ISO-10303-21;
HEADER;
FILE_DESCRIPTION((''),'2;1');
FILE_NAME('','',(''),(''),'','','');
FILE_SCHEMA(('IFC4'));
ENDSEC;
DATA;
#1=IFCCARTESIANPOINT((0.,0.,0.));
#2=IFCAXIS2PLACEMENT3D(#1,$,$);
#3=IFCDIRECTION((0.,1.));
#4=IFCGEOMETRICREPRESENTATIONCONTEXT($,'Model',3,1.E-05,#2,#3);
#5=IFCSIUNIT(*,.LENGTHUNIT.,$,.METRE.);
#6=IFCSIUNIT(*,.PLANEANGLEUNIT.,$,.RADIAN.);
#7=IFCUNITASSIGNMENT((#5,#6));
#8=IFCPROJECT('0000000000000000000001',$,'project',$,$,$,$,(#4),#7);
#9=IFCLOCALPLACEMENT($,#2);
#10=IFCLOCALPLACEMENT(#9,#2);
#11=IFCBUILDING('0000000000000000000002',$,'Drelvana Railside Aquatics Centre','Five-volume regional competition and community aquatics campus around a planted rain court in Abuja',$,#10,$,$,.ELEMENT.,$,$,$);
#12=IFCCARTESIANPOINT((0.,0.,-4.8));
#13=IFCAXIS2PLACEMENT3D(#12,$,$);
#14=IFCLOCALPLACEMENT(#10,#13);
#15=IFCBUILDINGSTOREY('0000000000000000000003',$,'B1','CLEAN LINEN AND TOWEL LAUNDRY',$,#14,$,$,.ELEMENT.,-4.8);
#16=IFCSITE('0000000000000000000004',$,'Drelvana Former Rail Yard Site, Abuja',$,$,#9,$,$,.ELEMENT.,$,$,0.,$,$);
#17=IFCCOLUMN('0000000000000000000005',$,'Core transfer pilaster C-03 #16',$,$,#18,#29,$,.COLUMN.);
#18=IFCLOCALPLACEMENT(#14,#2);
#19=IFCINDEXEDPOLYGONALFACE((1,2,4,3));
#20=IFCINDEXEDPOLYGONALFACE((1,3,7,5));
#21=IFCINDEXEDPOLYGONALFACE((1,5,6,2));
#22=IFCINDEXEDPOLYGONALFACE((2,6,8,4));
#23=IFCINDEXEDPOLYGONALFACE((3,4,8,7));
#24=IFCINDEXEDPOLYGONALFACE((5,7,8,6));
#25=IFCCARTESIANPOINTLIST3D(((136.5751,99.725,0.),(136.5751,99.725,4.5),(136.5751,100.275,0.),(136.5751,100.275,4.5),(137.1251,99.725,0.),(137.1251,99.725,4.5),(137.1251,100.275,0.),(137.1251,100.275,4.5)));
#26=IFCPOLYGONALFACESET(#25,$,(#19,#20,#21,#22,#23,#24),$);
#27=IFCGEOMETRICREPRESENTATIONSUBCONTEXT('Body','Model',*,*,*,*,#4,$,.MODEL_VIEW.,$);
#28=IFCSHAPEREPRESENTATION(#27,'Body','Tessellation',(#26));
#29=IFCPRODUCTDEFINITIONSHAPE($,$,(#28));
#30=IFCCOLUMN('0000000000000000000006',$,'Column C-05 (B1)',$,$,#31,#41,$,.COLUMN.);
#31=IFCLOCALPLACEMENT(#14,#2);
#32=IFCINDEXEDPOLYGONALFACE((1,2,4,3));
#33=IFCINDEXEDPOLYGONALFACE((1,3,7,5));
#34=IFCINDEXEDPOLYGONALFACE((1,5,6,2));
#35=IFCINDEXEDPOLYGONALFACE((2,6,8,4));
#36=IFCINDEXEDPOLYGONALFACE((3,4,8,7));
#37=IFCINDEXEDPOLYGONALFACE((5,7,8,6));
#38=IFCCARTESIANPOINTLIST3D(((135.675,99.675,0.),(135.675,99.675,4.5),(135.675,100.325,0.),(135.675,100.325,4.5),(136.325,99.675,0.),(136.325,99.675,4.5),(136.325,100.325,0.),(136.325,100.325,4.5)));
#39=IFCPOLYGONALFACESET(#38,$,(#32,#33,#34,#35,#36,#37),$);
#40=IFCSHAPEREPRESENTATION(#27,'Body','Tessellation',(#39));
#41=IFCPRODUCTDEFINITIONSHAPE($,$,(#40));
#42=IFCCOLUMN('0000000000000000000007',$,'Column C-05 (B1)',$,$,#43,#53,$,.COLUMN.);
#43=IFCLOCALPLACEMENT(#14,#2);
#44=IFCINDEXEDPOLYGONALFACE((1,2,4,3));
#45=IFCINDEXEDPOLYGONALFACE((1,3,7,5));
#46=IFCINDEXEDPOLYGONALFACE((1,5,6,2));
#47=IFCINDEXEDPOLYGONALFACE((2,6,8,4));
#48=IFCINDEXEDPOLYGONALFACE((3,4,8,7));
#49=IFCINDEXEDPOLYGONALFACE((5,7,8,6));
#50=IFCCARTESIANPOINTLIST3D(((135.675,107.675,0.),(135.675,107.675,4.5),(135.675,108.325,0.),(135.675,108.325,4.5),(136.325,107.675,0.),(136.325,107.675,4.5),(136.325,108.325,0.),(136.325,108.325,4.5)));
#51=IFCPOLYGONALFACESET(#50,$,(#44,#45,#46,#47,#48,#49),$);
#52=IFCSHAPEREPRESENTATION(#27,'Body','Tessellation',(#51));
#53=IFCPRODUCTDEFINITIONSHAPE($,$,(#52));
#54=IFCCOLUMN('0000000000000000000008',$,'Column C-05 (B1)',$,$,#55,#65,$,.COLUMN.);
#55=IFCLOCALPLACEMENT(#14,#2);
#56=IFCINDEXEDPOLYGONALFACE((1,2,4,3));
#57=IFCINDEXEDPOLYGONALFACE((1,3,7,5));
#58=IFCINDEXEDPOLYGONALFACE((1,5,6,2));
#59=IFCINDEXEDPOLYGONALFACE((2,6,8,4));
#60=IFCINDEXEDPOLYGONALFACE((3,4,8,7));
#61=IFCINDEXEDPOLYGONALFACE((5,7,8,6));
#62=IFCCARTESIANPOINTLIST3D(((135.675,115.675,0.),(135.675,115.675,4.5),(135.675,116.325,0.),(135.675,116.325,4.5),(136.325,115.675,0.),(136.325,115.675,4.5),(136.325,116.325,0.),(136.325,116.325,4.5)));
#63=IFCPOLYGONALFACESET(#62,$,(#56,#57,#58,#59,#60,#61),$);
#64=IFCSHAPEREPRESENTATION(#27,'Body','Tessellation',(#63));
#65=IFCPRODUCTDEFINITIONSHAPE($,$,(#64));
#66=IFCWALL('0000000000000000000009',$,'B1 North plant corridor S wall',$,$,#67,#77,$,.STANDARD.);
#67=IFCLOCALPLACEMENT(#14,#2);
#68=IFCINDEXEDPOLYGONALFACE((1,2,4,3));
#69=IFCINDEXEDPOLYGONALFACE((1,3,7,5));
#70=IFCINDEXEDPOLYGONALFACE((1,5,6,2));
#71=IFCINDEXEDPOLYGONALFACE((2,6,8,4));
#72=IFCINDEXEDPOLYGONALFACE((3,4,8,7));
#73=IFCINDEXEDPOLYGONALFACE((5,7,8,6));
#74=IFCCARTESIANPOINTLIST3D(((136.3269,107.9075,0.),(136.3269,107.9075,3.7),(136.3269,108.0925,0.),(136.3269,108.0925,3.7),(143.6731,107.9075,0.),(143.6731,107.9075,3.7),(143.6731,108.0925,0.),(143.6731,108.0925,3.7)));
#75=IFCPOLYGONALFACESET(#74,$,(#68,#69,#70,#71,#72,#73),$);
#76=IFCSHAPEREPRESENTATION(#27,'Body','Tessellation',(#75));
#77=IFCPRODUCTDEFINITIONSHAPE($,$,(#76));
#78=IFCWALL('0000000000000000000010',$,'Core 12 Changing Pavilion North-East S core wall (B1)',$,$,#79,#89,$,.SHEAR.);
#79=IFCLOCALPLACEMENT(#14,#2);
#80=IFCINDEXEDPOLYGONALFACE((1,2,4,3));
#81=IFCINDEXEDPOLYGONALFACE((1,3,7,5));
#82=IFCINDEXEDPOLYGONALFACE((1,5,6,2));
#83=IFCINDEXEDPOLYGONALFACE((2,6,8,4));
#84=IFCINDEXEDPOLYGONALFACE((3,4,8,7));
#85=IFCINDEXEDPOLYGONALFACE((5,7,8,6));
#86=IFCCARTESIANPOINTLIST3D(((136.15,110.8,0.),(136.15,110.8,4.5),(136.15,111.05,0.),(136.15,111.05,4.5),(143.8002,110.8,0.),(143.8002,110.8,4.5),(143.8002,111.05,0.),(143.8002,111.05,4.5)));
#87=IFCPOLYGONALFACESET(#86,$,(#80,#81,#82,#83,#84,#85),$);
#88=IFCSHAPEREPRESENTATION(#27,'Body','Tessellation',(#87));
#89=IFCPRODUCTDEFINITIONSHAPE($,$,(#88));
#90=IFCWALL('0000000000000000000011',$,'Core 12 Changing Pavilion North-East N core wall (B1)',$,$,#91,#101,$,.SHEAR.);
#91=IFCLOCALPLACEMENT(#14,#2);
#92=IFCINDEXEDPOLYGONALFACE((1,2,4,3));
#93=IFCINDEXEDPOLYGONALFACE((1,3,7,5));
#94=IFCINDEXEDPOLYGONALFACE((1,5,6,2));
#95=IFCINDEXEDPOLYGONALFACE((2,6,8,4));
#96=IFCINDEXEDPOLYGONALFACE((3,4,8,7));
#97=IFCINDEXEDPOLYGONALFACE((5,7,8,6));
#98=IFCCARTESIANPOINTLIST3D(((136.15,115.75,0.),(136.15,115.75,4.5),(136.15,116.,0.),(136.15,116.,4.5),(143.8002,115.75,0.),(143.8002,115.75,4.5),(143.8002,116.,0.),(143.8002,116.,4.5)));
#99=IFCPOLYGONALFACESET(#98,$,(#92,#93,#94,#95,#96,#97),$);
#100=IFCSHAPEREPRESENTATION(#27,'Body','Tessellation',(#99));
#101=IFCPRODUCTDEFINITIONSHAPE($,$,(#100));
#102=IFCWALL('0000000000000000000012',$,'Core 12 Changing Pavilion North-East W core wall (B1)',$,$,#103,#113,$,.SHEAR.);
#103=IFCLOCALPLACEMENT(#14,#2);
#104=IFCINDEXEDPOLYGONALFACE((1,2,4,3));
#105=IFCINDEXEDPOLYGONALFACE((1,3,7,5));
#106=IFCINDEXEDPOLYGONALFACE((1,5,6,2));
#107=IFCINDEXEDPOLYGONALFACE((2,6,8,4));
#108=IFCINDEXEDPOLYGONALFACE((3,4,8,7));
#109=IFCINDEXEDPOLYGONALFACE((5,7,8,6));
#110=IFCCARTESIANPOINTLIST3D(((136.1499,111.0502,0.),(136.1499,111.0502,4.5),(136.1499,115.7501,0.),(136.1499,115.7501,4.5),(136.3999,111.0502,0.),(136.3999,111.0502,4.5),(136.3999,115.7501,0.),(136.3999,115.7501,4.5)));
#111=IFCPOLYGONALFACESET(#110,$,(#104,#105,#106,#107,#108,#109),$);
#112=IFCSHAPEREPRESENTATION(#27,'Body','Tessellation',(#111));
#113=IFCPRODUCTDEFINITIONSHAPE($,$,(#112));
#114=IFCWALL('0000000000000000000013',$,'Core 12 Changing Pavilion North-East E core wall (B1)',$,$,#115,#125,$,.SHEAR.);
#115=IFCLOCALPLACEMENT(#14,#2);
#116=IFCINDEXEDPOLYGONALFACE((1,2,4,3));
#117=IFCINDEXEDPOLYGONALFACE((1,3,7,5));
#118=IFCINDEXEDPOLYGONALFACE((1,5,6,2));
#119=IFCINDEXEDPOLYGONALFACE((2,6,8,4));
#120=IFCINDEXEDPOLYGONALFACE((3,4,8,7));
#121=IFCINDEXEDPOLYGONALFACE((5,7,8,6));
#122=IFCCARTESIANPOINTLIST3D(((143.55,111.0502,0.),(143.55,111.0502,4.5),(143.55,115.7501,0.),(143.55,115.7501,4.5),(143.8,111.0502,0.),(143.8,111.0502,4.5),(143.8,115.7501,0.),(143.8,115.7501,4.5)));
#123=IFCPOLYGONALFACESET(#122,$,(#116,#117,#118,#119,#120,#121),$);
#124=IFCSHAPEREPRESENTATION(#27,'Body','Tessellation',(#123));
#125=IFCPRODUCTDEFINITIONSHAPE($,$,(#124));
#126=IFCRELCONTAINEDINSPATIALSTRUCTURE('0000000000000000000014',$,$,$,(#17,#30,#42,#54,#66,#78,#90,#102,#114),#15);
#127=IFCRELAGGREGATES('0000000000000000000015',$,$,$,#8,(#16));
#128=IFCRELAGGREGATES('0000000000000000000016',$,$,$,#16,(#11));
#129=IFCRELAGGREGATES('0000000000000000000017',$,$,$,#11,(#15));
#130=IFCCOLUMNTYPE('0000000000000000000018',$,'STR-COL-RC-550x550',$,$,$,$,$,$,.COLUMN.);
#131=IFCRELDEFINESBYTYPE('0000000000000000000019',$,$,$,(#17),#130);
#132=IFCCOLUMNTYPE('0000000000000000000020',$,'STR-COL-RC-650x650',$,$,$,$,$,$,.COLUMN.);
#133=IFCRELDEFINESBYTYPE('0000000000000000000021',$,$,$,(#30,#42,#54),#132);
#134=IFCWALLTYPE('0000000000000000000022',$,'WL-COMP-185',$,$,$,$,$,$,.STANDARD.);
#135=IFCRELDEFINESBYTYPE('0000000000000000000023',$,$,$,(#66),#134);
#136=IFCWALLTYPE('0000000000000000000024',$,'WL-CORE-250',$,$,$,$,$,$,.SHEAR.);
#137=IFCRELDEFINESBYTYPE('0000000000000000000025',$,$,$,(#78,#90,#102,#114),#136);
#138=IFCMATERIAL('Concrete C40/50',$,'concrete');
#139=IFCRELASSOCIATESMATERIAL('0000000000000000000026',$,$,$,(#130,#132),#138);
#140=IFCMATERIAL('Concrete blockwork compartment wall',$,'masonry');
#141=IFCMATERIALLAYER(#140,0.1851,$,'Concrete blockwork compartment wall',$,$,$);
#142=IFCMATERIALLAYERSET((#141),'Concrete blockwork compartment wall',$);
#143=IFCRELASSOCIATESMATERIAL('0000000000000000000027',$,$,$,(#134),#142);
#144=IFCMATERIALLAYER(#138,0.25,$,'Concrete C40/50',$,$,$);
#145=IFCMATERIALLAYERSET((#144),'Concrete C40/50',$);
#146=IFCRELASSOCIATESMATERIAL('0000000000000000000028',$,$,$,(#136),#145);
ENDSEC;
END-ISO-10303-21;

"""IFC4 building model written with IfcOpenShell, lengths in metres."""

from ifc_helpers import new_model, si_unit, direction, frame, frame_2d, origin, origin_2d, place, context, subcontext, project, spatial, rectangle, extrude, material, layer, layer_set, material_profile, profile_set, type_object, element, save


model = new_model("IFC4")

# Units and contexts
model_context = context("Model", 3, precision=1e-05, world=origin(), true_north=direction((0.0, 1.0)))
body_context = subcontext(model_context, "Body", "Model", "MODEL_VIEW")
ifc_project = project(units=[si_unit("LENGTHUNIT", "METRE"), si_unit("PLANEANGLEUNIT", "RADIAN")], contexts=[model_context])

# Site, building, storey
site_placement = place(None, origin())
site = spatial("IfcSite", under=ifc_project, at=site_placement, Name="Drelvana Former Rail Yard Site, Abuja", CompositionType="ELEMENT", RefElevation=0.0)
building_placement = place(site_placement, origin())
building = spatial("IfcBuilding", under=site, at=building_placement, Name="Drelvana Railside Aquatics Centre", Description="Five-volume regional competition and community aquatics campus around a planted rain court in Abuja", CompositionType="ELEMENT")
storey_placement = place(building_placement, frame((0.0, 0.0, -4.8)))
storey = spatial("IfcBuildingStorey", under=building, at=storey_placement, Name="B1", Description="CLEAN LINEN AND TOWEL LAUNDRY", CompositionType="ELEMENT", Elevation=-4.8)

# Columns
ifc_material_1 = material(Name="Concrete C40/50", Category="concrete")
ifc_material_profile_1 = material_profile(ifc_material_1, rectangle(XDim=0.55, YDim=0.55, at=origin_2d()), Name="RC 550x550")
ifc_profile_set_1 = profile_set([ifc_material_profile_1], Name="Concrete C40/50")
column_type_1 = type_object("IfcColumnType", Name="STR-COL-RC-550x550", PredefinedType="COLUMN", material=ifc_profile_set_1)
for number, where, z_axis, x_axis, name in (
    (1, (136.8501, 100.0, 0.0), (0.0, 0.0, 1.0), (1.0, 0.0, 0.0), "Core transfer pilaster C-03 #16"),
):
    element("IfcColumn", number, at=place(storey_placement, frame(where, z_axis=z_axis, x_axis=x_axis)), inside=storey, type_object=column_type_1, Name=name, PredefinedType="COLUMN", context=body_context, shape_type="SweptSolid", body=[
        extrude(rectangle(XDim=0.55, YDim=0.55, at=origin_2d()), origin(), (0.0, 0.0, 1.0), 4.5),
    ])
ifc_material_profile_2 = material_profile(ifc_material_1, rectangle(XDim=0.6499, YDim=0.6499, at=origin_2d()), Name="RC 650x650")
ifc_profile_set_2 = profile_set([ifc_material_profile_2], Name="Concrete C40/50")
column_type_2 = type_object("IfcColumnType", Name="STR-COL-RC-650x650", PredefinedType="COLUMN", material=ifc_profile_set_2)
for number, where, z_axis, x_axis, name in (
    (2, (136.0, 100.0, 0.0), (0.0, 0.0, 1.0), (1.0, 0.0, 0.0), "Column C-05 (B1)"),
    (3, (136.0, 108.0, 0.0), (0.0, 0.0, 1.0), (1.0, 0.0, 0.0), "Column C-05 (B1)"),
    (4, (136.0, 116.0, 0.0), (0.0, 0.0, 1.0), (1.0, 0.0, 0.0), "Column C-05 (B1)"),
):
    element("IfcColumn", number, at=place(storey_placement, frame(where, z_axis=z_axis, x_axis=x_axis)), inside=storey, type_object=column_type_2, Name=name, PredefinedType="COLUMN", context=body_context, shape_type="SweptSolid", body=[
        extrude(rectangle(XDim=0.6499, YDim=0.6499, at=origin_2d()), origin(), (0.0, 0.0, 1.0), 4.5),
    ])

# Walls
ifc_material_2 = material(Name="Concrete blockwork compartment wall", Category="masonry")
ifc_layer_1 = layer(ifc_material_2, 0.1851, Name="Concrete blockwork compartment wall")
ifc_layer_set_1 = layer_set([ifc_layer_1], Name="Concrete blockwork compartment wall")
wall_type_1 = type_object("IfcWallType", Name="WL-COMP-185", PredefinedType="STANDARD", material=ifc_layer_set_1)
wall_placement = place(storey_placement, frame((136.3269, 108.0, 0.0), z_axis=(0.0, 0.0, 1.0), x_axis=(1.0, 0.0, 0.0)))
element("IfcWall", 5, at=wall_placement, inside=storey, type_object=wall_type_1, Name="B1 North plant corridor S wall", PredefinedType="STANDARD", context=body_context, shape_type="SweptSolid", body=[
    extrude(rectangle(XDim=7.3462, YDim=0.1851, at=frame_2d((3.6731, 0.0))), origin(), (0.0, 0.0, 1.0), 3.7),
])
ifc_layer_2 = layer(ifc_material_1, 0.25, Name="Concrete C40/50")
ifc_layer_set_2 = layer_set([ifc_layer_2], Name="Concrete C40/50")
wall_type_2 = type_object("IfcWallType", Name="WL-CORE-250", PredefinedType="SHEAR", material=ifc_layer_set_2)
for number, where, z_axis, x_axis, name in (
    (6, (136.1499, 110.925, 0.0), (0.0, 0.0, 1.0), (1.0, 0.0, 0.0), "Core 12 Changing Pavilion North-East S core wall (B1)"),
    (7, (136.1499, 115.875, 0.0), (0.0, 0.0, 1.0), (1.0, 0.0, 0.0), "Core 12 Changing Pavilion North-East N core wall (B1)"),
):
    element("IfcWall", number, at=place(storey_placement, frame(where, z_axis=z_axis, x_axis=x_axis)), inside=storey, type_object=wall_type_2, Name=name, PredefinedType="SHEAR", context=body_context, shape_type="SweptSolid", body=[
        extrude(rectangle(XDim=7.6501, YDim=0.25, at=frame_2d((3.8252, 0.0))), origin(), (0.0, 0.0, 1.0), 4.5),
    ])
for number, where, z_axis, x_axis, name in (
    (8, (136.2749, 111.05, 0.0), (0.0, 0.0, 1.0), (0.0, 1.0, 0.0), "Core 12 Changing Pavilion North-East W core wall (B1)"),
    (9, (143.675, 111.05, 0.0), (0.0, 0.0, 1.0), (0.0, 1.0, 0.0), "Core 12 Changing Pavilion North-East E core wall (B1)"),
):
    element("IfcWall", number, at=place(storey_placement, frame(where, z_axis=z_axis, x_axis=x_axis)), inside=storey, type_object=wall_type_2, Name=name, PredefinedType="SHEAR", context=body_context, shape_type="SweptSolid", body=[
        extrude(rectangle(XDim=4.7, YDim=0.25, at=frame_2d((2.3501, 0.0))), origin(), (0.0, 0.0, 1.0), 4.5),
    ])

save(model, "model.ifc")
